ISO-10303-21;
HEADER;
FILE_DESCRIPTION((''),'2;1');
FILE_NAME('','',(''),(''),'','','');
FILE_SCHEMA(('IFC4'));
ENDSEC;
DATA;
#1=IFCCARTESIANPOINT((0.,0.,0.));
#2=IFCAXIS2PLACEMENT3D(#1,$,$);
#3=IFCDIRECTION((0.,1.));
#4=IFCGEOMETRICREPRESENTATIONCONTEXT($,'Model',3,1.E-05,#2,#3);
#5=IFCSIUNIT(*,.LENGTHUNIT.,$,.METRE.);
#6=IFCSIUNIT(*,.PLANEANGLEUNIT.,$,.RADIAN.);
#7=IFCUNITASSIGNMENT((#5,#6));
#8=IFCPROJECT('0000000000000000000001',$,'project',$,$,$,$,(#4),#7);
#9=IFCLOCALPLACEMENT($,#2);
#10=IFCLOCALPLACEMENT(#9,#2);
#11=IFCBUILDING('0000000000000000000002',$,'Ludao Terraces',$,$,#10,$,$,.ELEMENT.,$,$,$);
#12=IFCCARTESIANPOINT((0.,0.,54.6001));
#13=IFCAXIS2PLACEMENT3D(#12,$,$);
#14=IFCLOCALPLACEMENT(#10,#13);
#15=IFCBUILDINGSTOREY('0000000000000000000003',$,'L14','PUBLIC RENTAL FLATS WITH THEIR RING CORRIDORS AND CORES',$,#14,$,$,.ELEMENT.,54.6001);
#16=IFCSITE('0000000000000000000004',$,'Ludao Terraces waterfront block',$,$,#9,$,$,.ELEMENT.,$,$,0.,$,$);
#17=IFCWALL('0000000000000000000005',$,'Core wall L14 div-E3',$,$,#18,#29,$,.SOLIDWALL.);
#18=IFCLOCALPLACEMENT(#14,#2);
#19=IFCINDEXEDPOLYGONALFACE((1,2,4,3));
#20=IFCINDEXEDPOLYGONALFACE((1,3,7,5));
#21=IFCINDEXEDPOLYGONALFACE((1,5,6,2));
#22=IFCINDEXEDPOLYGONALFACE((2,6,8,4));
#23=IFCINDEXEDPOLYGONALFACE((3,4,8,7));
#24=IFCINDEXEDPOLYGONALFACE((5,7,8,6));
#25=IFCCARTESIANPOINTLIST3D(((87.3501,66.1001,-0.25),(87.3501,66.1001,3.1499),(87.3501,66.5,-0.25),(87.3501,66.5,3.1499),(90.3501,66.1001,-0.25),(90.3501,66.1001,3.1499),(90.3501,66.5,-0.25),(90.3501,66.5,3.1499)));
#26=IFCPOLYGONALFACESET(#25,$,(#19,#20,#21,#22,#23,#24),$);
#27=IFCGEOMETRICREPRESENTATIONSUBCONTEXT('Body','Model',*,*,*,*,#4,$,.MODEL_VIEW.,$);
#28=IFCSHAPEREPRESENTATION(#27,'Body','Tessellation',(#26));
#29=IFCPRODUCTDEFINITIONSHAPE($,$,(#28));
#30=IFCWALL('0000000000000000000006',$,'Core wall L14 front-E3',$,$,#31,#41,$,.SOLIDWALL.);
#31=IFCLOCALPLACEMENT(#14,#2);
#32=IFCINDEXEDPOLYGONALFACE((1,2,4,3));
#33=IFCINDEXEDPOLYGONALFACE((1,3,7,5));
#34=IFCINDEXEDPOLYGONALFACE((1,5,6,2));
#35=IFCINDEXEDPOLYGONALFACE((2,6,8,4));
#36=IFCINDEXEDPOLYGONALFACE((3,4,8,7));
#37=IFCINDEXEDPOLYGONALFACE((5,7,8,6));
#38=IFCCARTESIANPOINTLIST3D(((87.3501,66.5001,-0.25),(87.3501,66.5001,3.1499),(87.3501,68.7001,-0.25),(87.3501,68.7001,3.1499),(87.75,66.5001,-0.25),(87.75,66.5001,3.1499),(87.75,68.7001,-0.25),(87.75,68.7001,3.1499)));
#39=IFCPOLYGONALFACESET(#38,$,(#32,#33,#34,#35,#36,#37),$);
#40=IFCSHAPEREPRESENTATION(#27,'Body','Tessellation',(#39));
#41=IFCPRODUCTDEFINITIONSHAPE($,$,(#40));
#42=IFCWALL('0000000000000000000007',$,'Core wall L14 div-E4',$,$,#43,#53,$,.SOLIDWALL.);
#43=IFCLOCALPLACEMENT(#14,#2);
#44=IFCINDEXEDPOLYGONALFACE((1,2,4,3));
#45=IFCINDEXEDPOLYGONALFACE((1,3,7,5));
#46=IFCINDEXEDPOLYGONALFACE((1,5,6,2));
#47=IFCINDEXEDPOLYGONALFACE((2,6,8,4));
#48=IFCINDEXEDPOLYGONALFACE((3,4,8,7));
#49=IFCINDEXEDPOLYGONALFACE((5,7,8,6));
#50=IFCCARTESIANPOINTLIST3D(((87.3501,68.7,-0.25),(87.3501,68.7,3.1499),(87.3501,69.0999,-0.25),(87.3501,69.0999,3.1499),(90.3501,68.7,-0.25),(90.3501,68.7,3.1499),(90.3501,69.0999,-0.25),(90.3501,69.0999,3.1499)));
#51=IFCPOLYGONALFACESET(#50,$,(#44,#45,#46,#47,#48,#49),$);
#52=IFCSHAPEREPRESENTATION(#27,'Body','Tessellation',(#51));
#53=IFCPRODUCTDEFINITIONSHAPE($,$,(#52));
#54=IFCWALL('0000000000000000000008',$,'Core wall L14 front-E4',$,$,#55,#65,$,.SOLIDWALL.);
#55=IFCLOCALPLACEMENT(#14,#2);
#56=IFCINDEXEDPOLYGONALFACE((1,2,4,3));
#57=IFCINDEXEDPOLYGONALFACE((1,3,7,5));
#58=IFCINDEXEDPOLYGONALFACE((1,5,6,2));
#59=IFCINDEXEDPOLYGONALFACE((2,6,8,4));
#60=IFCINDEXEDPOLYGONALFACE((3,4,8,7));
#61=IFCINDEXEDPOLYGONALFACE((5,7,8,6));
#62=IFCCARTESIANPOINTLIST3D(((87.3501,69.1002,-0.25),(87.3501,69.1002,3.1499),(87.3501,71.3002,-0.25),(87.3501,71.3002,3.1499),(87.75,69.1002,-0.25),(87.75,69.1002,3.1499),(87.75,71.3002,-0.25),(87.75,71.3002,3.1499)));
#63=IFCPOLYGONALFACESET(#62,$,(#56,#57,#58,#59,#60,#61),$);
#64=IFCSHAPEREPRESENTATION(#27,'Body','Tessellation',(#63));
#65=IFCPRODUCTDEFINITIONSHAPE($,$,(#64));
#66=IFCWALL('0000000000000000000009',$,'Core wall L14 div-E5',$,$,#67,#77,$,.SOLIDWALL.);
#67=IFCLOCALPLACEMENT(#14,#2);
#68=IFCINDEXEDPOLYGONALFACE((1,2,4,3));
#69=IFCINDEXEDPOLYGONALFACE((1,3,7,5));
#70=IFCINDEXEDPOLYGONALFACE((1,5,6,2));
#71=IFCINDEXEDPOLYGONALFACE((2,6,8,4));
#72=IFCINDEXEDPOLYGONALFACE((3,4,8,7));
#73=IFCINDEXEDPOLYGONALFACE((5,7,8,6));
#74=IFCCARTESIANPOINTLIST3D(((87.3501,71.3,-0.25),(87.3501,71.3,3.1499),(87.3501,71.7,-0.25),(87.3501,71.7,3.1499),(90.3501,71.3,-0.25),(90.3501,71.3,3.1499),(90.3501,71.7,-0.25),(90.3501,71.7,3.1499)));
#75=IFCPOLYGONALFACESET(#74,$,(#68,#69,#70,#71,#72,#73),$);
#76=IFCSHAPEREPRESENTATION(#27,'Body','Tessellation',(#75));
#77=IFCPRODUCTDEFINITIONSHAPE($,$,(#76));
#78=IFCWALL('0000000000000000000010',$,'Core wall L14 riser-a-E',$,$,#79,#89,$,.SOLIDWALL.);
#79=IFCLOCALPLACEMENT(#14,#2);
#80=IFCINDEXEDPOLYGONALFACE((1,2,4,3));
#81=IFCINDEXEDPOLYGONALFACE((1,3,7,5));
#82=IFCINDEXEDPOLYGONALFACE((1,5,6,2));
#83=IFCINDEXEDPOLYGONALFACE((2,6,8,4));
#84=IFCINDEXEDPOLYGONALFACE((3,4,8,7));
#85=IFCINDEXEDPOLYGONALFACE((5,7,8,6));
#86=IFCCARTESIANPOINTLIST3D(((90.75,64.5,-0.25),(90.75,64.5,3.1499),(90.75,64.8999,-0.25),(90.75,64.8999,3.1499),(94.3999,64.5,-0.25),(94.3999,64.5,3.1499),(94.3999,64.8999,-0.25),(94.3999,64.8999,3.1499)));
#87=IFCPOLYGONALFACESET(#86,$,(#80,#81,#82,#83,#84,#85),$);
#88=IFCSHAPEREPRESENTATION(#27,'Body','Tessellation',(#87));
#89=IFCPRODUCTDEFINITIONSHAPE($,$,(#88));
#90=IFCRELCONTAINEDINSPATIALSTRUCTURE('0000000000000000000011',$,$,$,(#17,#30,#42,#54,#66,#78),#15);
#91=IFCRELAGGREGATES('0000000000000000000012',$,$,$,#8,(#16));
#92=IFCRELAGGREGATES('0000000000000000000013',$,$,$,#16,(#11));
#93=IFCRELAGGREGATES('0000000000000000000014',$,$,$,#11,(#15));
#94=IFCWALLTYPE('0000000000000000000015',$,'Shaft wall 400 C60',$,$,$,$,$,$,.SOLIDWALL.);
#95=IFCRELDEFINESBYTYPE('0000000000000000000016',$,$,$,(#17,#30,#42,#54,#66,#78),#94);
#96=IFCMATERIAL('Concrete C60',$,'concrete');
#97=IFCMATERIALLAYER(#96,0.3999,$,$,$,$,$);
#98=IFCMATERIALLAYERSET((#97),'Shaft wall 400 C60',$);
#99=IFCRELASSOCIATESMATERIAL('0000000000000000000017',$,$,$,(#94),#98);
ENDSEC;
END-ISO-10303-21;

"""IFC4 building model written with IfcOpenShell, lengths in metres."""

from ifc_helpers import new_model, si_unit, direction, frame, frame_2d, origin, place, context, subcontext, project, spatial, rectangle, extrude, material, layer, layer_set, type_object, element, save


model = new_model("IFC4")

# Units and contexts
model_context = context("Model", 3, precision=1e-05, world=origin(), true_north=direction((0.0, 1.0)))
body_context = subcontext(model_context, "Body", "Model", "MODEL_VIEW")
ifc_project = project(units=[si_unit("LENGTHUNIT", "METRE"), si_unit("PLANEANGLEUNIT", "RADIAN")], contexts=[model_context])

# Site, building, storey
site_placement = place(None, origin())
site = spatial("IfcSite", under=ifc_project, at=site_placement, Name="Ludao Terraces waterfront block", CompositionType="ELEMENT", RefElevation=0.0)
building_placement = place(site_placement, origin())
building = spatial("IfcBuilding", under=site, at=building_placement, Name="Ludao Terraces", CompositionType="ELEMENT")
storey_placement = place(building_placement, frame((0.0, 0.0, 54.6001)))
storey = spatial("IfcBuildingStorey", under=building, at=storey_placement, Name="L14", Description="PUBLIC RENTAL FLATS WITH THEIR RING CORRIDORS AND CORES", CompositionType="ELEMENT", Elevation=54.6001)

# Shared definitions
ifc_material_1 = material(Name="Concrete C60", Category="concrete")
ifc_layer_1 = layer(ifc_material_1, 0.3999)
ifc_layer_set_1 = layer_set([ifc_layer_1], Name="Shaft wall 400 C60")
wall_type_1 = type_object("IfcWallType", Name="Shaft wall 400 C60", PredefinedType="SOLIDWALL", material=ifc_layer_set_1)

# Walls
wall_1_placement = place(storey_placement, frame((87.3501, 66.3, -0.25), z_axis=(0.0, 0.0, 1.0), x_axis=(1.0, 0.0, 0.0)))
element("IfcWall", 1, at=wall_1_placement, inside=storey, type_object=wall_type_1, Name="Core wall L14 div-E3", PredefinedType="SOLIDWALL", context=body_context, shape_type="SweptSolid", body=[
    extrude(rectangle(XDim=3.0, YDim=0.3999, at=frame_2d((1.5, 0.0))), origin(), (0.0, 0.0, 1.0), 3.3999),
])
wall_2_placement = place(storey_placement, frame((87.55, 66.5, -0.25), z_axis=(0.0, 0.0, 1.0), x_axis=(0.0, 1.0, 0.0)))
element("IfcWall", 2, at=wall_2_placement, inside=storey, type_object=wall_type_1, Name="Core wall L14 front-E3", PredefinedType="SOLIDWALL", context=body_context, shape_type="SweptSolid", body=[
    extrude(rectangle(XDim=2.2, YDim=0.3999, at=frame_2d((1.1001, 0.0))), origin(), (0.0, 0.0, 1.0), 3.3999),
])
wall_3_placement = place(storey_placement, frame((87.3501, 68.8999, -0.25), z_axis=(0.0, 0.0, 1.0), x_axis=(1.0, 0.0, 0.0)))
element("IfcWall", 3, at=wall_3_placement, inside=storey, type_object=wall_type_1, Name="Core wall L14 div-E4", PredefinedType="SOLIDWALL", context=body_context, shape_type="SweptSolid", body=[
    extrude(rectangle(XDim=3.0, YDim=0.3999, at=frame_2d((1.5, 0.0))), origin(), (0.0, 0.0, 1.0), 3.3999),
])
wall_4_placement = place(storey_placement, frame((87.55, 69.1001, -0.25), z_axis=(0.0, 0.0, 1.0), x_axis=(0.0, 1.0, 0.0)))
element("IfcWall", 4, at=wall_4_placement, inside=storey, type_object=wall_type_1, Name="Core wall L14 front-E4", PredefinedType="SOLIDWALL", context=body_context, shape_type="SweptSolid", body=[
    extrude(rectangle(XDim=2.2, YDim=0.3999, at=frame_2d((1.1001, 0.0))), origin(), (0.0, 0.0, 1.0), 3.3999),
])
wall_5_placement = place(storey_placement, frame((87.3501, 71.5, -0.25), z_axis=(0.0, 0.0, 1.0), x_axis=(1.0, 0.0, 0.0)))
element("IfcWall", 5, at=wall_5_placement, inside=storey, type_object=wall_type_1, Name="Core wall L14 div-E5", PredefinedType="SOLIDWALL", context=body_context, shape_type="SweptSolid", body=[
    extrude(rectangle(XDim=3.0, YDim=0.3999, at=frame_2d((1.5, 0.0))), origin(), (0.0, 0.0, 1.0), 3.3999),
])
wall_6_placement = place(storey_placement, frame((90.75, 64.7, -0.25), z_axis=(0.0, 0.0, 1.0), x_axis=(1.0, 0.0, 0.0)))
element("IfcWall", 6, at=wall_6_placement, inside=storey, type_object=wall_type_1, Name="Core wall L14 riser-a-E", PredefinedType="SOLIDWALL", context=body_context, shape_type="SweptSolid", body=[
    extrude(rectangle(XDim=3.6499, YDim=0.3999, at=frame_2d((1.825, 0.0))), origin(), (0.0, 0.0, 1.0), 3.3999),
])

save(model, "model.ifc")
